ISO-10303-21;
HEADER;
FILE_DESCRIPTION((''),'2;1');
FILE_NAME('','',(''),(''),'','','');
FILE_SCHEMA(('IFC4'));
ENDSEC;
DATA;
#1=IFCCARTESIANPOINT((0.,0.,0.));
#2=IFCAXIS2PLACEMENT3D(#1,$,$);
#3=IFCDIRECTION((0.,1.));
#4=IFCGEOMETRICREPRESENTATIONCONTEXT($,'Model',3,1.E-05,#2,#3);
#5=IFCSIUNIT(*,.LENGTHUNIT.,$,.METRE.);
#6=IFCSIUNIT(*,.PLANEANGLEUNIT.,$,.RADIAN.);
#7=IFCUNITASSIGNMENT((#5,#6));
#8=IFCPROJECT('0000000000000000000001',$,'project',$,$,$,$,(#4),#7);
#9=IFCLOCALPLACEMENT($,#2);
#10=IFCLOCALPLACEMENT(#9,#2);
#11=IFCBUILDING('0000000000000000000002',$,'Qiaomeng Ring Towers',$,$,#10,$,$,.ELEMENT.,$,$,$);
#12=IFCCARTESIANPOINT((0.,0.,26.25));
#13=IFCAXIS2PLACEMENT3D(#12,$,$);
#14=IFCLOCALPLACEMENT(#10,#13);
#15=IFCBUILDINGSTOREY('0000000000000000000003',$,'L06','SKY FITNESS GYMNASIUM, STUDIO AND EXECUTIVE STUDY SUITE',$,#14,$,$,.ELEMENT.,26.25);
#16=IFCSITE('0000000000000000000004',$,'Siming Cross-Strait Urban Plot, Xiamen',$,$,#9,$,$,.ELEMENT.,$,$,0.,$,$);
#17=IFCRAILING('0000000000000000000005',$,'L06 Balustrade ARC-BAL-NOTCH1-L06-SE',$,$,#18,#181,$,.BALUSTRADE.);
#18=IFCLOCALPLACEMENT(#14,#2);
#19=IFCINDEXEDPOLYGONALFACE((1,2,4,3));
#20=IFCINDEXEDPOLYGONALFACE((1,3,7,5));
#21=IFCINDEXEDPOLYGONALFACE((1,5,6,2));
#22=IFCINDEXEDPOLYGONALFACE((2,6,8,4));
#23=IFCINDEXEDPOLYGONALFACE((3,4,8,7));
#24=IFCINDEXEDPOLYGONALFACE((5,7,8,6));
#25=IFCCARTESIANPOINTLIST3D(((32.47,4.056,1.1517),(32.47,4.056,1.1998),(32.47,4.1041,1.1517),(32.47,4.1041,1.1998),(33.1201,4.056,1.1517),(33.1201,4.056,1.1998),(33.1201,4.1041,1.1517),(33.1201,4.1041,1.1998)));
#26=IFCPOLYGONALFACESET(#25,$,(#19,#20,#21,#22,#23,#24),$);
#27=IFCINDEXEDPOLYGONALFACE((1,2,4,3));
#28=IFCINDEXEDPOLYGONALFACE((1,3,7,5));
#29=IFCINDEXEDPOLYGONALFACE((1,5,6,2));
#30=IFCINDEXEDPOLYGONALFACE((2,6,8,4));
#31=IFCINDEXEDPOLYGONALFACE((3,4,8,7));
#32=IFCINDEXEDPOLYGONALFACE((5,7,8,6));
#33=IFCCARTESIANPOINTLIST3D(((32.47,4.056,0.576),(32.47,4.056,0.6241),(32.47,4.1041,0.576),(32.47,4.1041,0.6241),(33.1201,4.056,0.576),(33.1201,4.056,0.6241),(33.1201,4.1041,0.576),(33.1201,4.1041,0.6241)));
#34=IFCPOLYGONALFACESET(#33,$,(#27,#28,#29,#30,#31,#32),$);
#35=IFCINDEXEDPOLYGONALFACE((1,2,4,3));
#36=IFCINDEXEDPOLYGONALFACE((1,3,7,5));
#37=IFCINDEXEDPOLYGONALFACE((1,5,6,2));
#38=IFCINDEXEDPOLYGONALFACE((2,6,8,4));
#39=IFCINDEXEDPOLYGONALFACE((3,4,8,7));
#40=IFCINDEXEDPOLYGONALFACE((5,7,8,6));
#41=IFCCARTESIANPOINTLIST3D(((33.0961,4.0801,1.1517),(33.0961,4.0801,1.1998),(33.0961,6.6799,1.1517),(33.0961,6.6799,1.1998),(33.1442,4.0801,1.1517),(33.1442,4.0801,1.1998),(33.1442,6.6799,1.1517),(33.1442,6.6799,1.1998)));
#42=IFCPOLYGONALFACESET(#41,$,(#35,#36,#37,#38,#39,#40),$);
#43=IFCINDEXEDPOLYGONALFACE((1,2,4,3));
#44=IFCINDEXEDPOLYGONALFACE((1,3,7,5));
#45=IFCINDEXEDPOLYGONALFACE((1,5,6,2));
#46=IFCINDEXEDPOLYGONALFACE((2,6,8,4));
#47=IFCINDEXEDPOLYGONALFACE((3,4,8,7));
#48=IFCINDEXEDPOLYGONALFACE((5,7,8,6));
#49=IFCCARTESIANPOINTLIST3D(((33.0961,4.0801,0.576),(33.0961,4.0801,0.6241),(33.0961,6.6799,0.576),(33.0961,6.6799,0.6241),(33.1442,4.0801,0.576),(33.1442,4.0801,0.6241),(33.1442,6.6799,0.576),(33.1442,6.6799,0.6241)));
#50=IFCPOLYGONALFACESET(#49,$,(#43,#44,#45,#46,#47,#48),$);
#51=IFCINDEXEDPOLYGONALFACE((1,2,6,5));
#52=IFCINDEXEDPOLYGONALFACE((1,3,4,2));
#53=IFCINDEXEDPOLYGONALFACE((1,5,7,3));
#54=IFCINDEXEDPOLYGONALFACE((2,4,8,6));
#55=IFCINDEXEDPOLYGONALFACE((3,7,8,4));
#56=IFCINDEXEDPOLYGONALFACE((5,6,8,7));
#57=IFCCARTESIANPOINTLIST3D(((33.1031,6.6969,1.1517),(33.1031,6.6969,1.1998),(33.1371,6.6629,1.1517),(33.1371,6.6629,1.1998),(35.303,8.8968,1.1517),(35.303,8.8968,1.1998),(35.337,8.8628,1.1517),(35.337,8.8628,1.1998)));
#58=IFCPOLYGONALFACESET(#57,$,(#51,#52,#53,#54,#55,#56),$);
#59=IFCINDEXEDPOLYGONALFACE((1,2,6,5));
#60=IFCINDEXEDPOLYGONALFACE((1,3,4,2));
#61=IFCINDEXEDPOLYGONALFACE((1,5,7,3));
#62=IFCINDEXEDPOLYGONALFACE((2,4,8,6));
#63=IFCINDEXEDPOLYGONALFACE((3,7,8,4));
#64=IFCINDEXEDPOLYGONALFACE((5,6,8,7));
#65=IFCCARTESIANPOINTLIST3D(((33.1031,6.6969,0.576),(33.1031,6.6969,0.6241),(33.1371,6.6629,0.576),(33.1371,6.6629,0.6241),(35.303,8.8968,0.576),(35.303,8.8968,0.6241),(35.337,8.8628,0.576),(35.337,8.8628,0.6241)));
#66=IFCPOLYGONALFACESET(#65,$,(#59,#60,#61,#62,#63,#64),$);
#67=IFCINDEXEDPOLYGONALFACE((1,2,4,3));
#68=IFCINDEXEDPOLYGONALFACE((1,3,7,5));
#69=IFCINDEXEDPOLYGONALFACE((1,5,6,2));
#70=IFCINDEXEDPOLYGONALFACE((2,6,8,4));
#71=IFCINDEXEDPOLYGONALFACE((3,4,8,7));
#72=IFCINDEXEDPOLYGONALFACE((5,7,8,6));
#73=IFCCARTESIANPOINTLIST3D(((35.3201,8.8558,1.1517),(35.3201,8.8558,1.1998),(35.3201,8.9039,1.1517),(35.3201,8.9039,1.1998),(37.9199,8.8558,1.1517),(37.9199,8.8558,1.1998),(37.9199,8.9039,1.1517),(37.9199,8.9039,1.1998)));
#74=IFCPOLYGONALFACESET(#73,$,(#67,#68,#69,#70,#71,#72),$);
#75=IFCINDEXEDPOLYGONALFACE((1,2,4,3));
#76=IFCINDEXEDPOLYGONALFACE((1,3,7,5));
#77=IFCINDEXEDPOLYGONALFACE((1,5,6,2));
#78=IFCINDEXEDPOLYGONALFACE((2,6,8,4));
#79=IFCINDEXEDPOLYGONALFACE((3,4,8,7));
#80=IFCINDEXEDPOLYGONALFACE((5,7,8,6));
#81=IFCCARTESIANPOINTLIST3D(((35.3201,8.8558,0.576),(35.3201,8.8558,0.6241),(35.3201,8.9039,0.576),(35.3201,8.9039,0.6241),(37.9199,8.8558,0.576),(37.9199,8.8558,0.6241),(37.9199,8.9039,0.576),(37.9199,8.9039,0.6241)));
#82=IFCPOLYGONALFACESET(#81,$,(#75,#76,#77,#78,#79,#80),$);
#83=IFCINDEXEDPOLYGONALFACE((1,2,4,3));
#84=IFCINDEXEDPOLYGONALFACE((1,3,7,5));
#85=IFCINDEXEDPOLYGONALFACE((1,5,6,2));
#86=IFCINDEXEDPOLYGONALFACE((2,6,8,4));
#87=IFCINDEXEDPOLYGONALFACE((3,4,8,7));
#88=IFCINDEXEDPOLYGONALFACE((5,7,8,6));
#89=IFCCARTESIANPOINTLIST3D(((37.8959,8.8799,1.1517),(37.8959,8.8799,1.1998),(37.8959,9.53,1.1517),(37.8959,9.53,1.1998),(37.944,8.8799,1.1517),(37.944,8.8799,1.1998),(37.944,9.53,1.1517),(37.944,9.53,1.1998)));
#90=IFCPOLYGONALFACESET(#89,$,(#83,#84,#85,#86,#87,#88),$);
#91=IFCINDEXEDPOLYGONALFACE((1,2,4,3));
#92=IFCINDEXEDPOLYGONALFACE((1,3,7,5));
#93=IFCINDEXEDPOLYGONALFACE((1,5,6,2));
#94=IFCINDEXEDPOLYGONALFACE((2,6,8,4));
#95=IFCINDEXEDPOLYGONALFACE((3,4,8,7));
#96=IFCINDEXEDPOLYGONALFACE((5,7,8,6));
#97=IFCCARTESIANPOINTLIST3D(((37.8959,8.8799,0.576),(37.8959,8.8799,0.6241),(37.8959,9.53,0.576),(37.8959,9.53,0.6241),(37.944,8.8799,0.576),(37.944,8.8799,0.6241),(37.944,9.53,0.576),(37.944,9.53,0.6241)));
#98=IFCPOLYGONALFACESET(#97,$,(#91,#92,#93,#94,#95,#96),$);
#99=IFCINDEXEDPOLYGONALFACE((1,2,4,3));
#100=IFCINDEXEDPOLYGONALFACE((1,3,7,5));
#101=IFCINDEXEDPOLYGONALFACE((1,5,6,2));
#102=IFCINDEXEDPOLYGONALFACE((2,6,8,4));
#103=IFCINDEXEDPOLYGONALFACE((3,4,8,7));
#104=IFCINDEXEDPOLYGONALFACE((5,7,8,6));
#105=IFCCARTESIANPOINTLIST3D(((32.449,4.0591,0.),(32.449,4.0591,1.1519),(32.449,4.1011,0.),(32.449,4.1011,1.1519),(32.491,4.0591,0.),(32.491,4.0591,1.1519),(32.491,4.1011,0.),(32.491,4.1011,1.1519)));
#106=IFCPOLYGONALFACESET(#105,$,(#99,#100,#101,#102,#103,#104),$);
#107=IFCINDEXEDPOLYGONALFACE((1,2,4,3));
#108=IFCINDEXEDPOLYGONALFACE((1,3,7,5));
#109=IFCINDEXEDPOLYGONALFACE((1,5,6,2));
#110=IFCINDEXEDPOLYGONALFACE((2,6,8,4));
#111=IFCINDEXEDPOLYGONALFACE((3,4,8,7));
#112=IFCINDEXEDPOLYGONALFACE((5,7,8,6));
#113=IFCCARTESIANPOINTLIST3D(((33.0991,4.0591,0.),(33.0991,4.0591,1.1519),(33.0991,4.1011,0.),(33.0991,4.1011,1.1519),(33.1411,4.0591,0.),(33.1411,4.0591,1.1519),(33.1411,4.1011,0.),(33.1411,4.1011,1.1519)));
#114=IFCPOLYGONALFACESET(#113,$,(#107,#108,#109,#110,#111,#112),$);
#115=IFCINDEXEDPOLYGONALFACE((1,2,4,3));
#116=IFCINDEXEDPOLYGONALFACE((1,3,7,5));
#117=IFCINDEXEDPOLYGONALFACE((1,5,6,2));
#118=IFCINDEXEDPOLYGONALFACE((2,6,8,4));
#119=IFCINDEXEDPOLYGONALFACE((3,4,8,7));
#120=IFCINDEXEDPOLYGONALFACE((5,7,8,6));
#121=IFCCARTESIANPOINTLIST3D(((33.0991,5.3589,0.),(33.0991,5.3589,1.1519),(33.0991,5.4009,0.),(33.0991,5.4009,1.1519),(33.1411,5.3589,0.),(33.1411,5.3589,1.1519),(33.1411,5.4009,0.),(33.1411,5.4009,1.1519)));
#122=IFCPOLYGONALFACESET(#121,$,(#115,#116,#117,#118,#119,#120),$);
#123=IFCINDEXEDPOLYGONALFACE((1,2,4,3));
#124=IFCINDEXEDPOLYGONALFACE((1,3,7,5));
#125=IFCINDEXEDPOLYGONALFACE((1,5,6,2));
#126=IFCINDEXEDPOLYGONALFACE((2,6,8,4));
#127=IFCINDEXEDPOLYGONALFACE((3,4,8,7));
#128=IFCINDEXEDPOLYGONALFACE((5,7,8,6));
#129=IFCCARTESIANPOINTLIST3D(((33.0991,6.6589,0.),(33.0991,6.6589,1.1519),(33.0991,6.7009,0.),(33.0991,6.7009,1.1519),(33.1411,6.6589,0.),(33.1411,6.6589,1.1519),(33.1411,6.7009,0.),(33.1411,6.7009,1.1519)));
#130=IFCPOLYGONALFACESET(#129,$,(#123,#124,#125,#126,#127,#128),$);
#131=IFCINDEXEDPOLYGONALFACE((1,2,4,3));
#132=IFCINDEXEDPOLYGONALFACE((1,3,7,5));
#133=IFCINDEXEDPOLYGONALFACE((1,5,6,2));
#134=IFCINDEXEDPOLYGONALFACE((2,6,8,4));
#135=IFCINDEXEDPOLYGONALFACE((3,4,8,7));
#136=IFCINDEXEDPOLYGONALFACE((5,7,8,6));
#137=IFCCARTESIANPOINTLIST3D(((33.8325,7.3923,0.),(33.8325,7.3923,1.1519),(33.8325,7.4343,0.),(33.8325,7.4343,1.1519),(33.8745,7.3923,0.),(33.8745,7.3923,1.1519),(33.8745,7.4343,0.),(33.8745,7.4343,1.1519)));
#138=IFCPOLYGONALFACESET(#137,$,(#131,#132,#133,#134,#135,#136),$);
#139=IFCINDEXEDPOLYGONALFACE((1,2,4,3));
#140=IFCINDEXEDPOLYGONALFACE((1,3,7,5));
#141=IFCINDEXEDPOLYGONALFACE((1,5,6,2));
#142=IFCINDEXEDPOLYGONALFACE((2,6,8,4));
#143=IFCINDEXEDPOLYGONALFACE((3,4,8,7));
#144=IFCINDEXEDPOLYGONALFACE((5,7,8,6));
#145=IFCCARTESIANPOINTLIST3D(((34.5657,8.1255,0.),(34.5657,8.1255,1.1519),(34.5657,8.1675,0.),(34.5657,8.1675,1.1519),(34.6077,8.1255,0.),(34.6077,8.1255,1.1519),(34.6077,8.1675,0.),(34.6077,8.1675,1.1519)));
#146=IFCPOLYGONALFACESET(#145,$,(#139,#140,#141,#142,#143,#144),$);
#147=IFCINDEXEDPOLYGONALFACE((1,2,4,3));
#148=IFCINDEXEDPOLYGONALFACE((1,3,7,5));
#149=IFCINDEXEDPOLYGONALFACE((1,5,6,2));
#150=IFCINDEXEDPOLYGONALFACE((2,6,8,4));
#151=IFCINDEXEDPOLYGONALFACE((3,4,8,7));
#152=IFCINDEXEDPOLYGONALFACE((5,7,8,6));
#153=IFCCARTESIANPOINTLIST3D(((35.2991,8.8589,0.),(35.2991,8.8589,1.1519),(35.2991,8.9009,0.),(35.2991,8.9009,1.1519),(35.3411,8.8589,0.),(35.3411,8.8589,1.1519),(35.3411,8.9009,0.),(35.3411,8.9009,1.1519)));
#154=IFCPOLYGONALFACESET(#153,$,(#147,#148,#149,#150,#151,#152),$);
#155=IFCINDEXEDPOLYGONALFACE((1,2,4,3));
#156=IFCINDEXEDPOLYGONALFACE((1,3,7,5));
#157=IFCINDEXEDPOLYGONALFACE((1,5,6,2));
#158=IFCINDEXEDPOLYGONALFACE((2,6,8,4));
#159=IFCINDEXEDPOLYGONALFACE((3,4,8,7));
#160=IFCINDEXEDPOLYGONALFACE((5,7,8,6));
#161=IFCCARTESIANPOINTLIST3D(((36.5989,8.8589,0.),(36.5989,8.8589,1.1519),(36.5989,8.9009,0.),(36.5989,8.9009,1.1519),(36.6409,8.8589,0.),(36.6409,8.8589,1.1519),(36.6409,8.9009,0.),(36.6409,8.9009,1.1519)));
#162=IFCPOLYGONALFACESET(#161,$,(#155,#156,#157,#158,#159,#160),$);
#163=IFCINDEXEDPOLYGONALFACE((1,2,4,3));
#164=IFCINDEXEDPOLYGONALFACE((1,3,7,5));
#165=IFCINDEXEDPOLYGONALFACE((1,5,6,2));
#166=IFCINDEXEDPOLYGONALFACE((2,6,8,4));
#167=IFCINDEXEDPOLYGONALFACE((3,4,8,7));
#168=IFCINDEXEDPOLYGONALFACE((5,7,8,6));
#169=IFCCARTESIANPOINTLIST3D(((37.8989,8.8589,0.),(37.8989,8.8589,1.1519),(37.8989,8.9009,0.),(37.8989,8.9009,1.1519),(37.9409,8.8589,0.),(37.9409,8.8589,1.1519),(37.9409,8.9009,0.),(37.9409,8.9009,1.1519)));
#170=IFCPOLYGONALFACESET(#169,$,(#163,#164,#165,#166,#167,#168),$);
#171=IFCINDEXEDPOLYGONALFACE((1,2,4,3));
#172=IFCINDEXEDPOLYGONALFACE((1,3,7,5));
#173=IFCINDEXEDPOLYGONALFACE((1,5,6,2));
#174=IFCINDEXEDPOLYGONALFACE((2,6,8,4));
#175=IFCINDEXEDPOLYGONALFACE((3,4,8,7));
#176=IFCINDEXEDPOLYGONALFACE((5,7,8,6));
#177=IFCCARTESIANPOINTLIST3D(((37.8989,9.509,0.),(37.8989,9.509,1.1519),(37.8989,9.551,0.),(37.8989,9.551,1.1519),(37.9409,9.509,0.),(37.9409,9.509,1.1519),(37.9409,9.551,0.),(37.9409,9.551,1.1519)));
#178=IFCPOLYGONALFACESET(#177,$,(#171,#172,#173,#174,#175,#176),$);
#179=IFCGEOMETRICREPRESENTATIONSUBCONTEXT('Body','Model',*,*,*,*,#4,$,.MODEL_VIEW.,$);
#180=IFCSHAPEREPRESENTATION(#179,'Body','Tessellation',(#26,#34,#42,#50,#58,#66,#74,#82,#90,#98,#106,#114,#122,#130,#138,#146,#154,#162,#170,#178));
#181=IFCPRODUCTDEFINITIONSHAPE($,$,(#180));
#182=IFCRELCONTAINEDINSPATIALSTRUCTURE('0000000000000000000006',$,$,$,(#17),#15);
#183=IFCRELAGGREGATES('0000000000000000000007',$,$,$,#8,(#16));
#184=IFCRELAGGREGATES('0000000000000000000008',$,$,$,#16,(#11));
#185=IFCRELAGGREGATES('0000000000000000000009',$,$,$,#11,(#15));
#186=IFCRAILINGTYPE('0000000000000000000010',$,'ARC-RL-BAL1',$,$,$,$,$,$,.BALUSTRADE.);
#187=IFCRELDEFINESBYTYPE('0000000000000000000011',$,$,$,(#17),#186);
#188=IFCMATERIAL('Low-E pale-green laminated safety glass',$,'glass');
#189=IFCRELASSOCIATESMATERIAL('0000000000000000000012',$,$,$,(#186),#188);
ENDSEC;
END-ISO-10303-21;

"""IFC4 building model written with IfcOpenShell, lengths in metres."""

from ifc_helpers import new_model, si_unit, direction, frame, origin, origin_2d, place, context, subcontext, project, spatial, rectangle, extrude, material, type_object, element, save


model = new_model("IFC4")

# Units and contexts
model_context = context("Model", 3, precision=1e-05, world=origin(), true_north=direction((0.0, 1.0)))
body_context = subcontext(model_context, "Body", "Model", "MODEL_VIEW")
ifc_project = project(units=[si_unit("LENGTHUNIT", "METRE"), si_unit("PLANEANGLEUNIT", "RADIAN")], contexts=[model_context])

# Site, building, storey
site_placement = place(None, origin())
site = spatial("IfcSite", under=ifc_project, at=site_placement, Name="Siming Cross-Strait Urban Plot, Xiamen", CompositionType="ELEMENT", RefElevation=0.0)
building_placement = place(site_placement, origin())
building = spatial("IfcBuilding", under=site, at=building_placement, Name="Qiaomeng Ring Towers", CompositionType="ELEMENT")
storey_placement = place(building_placement, frame((0.0, 0.0, 26.25)))
storey = spatial("IfcBuildingStorey", under=building, at=storey_placement, Name="L06", Description="SKY FITNESS GYMNASIUM, STUDIO AND EXECUTIVE STUDY SUITE", CompositionType="ELEMENT", Elevation=26.25)

# Railing
ifc_material_1 = material(Name="Low-E pale-green laminated safety glass", Category="glass")
railing_type = type_object("IfcRailingType", Name="ARC-RL-BAL1", PredefinedType="BALUSTRADE", material=ifc_material_1)
railing_placement = place(storey_placement, frame((32.47, 4.0801, 0.0)))
element("IfcRailing", 1, at=railing_placement, inside=storey, type_object=railing_type, Name="L06 Balustrade ARC-BAL-NOTCH1-L06-SE", PredefinedType="BALUSTRADE", context=body_context, shape_type="SweptSolid", body=[
    extrude(rectangle(XDim=0.0481, YDim=0.0481, at=origin_2d()), frame((0.0, 0.0, 1.1758), z_axis=(1.0, 0.0, 0.0), x_axis=(0.0, 1.0, 0.0)), (0.0, 0.0, 1.0), 0.6501),
    extrude(rectangle(XDim=0.0481, YDim=0.0481, at=origin_2d()), frame((0.0, 0.0, 0.6001), z_axis=(1.0, 0.0, 0.0), x_axis=(0.0, 1.0, 0.0)), (0.0, 0.0, 1.0), 0.6501),
    extrude(rectangle(XDim=0.0481, YDim=0.0481, at=origin_2d()), frame((0.6501, 0.0, 1.1758), z_axis=(0.0, 1.0, 0.0), x_axis=(-1.0, 0.0, 0.0)), (0.0, 0.0, 1.0), 2.5999),
    extrude(rectangle(XDim=0.0481, YDim=0.0481, at=origin_2d()), frame((0.6501, 0.0, 0.6001), z_axis=(0.0, 1.0, 0.0), x_axis=(-1.0, 0.0, 0.0)), (0.0, 0.0, 1.0), 2.5999),
    extrude(rectangle(XDim=0.0481, YDim=0.0481, at=origin_2d()), frame((0.6501, 2.5999, 1.1758), z_axis=(0.707107, 0.707107, 0.0), x_axis=(-0.707107, 0.707107, 0.0)), (0.0, 0.0, 1.0), 3.1111),
    extrude(rectangle(XDim=0.0481, YDim=0.0481, at=origin_2d()), frame((0.6501, 2.5999, 0.6001), z_axis=(0.707107, 0.707107, 0.0), x_axis=(-0.707107, 0.707107, 0.0)), (0.0, 0.0, 1.0), 3.1111),
    extrude(rectangle(XDim=0.0481, YDim=0.0481, at=origin_2d()), frame((2.8501, 4.7998, 1.1758), z_axis=(1.0, 0.0, 0.0), x_axis=(0.0, 1.0, 0.0)), (0.0, 0.0, 1.0), 2.5999),
    extrude(rectangle(XDim=0.0481, YDim=0.0481, at=origin_2d()), frame((2.8501, 4.7998, 0.6001), z_axis=(1.0, 0.0, 0.0), x_axis=(0.0, 1.0, 0.0)), (0.0, 0.0, 1.0), 2.5999),
    extrude(rectangle(XDim=0.0481, YDim=0.0481, at=origin_2d()), frame((5.45, 4.7998, 1.1758), z_axis=(0.0, 1.0, 0.0), x_axis=(-1.0, 0.0, 0.0)), (0.0, 0.0, 1.0), 0.6501),
    extrude(rectangle(XDim=0.0481, YDim=0.0481, at=origin_2d()), frame((5.45, 4.7998, 0.6001), z_axis=(0.0, 1.0, 0.0), x_axis=(-1.0, 0.0, 0.0)), (0.0, 0.0, 1.0), 0.6501),
    extrude(rectangle(XDim=0.042, YDim=0.042, at=origin_2d()), origin(), (0.0, 0.0, 1.0), 1.1519),
    extrude(rectangle(XDim=0.042, YDim=0.042, at=origin_2d()), frame((0.6501, 0.0, 0.0)), (0.0, 0.0, 1.0), 1.1519),
    extrude(rectangle(XDim=0.042, YDim=0.042, at=origin_2d()), frame((0.6501, 1.2998, 0.0)), (0.0, 0.0, 1.0), 1.1519),
    extrude(rectangle(XDim=0.042, YDim=0.042, at=origin_2d()), frame((0.6501, 2.5999, 0.0)), (0.0, 0.0, 1.0), 1.1519),
    extrude(rectangle(XDim=0.042, YDim=0.042, at=origin_2d()), frame((1.3835, 3.3333, 0.0)), (0.0, 0.0, 1.0), 1.1519),
    extrude(rectangle(XDim=0.042, YDim=0.042, at=origin_2d()), frame((2.1167, 4.0664, 0.0)), (0.0, 0.0, 1.0), 1.1519),
    extrude(rectangle(XDim=0.042, YDim=0.042, at=origin_2d()), frame((2.8501, 4.7998, 0.0)), (0.0, 0.0, 1.0), 1.1519),
    extrude(rectangle(XDim=0.042, YDim=0.042, at=origin_2d()), frame((4.1499, 4.7998, 0.0)), (0.0, 0.0, 1.0), 1.1519),
    extrude(rectangle(XDim=0.042, YDim=0.042, at=origin_2d()), frame((5.45, 4.7998, 0.0)), (0.0, 0.0, 1.0), 1.1519),
    extrude(rectangle(XDim=0.042, YDim=0.042, at=origin_2d()), frame((5.45, 5.45, 0.0)), (0.0, 0.0, 1.0), 1.1519),
])

save(model, "model.ifc")
